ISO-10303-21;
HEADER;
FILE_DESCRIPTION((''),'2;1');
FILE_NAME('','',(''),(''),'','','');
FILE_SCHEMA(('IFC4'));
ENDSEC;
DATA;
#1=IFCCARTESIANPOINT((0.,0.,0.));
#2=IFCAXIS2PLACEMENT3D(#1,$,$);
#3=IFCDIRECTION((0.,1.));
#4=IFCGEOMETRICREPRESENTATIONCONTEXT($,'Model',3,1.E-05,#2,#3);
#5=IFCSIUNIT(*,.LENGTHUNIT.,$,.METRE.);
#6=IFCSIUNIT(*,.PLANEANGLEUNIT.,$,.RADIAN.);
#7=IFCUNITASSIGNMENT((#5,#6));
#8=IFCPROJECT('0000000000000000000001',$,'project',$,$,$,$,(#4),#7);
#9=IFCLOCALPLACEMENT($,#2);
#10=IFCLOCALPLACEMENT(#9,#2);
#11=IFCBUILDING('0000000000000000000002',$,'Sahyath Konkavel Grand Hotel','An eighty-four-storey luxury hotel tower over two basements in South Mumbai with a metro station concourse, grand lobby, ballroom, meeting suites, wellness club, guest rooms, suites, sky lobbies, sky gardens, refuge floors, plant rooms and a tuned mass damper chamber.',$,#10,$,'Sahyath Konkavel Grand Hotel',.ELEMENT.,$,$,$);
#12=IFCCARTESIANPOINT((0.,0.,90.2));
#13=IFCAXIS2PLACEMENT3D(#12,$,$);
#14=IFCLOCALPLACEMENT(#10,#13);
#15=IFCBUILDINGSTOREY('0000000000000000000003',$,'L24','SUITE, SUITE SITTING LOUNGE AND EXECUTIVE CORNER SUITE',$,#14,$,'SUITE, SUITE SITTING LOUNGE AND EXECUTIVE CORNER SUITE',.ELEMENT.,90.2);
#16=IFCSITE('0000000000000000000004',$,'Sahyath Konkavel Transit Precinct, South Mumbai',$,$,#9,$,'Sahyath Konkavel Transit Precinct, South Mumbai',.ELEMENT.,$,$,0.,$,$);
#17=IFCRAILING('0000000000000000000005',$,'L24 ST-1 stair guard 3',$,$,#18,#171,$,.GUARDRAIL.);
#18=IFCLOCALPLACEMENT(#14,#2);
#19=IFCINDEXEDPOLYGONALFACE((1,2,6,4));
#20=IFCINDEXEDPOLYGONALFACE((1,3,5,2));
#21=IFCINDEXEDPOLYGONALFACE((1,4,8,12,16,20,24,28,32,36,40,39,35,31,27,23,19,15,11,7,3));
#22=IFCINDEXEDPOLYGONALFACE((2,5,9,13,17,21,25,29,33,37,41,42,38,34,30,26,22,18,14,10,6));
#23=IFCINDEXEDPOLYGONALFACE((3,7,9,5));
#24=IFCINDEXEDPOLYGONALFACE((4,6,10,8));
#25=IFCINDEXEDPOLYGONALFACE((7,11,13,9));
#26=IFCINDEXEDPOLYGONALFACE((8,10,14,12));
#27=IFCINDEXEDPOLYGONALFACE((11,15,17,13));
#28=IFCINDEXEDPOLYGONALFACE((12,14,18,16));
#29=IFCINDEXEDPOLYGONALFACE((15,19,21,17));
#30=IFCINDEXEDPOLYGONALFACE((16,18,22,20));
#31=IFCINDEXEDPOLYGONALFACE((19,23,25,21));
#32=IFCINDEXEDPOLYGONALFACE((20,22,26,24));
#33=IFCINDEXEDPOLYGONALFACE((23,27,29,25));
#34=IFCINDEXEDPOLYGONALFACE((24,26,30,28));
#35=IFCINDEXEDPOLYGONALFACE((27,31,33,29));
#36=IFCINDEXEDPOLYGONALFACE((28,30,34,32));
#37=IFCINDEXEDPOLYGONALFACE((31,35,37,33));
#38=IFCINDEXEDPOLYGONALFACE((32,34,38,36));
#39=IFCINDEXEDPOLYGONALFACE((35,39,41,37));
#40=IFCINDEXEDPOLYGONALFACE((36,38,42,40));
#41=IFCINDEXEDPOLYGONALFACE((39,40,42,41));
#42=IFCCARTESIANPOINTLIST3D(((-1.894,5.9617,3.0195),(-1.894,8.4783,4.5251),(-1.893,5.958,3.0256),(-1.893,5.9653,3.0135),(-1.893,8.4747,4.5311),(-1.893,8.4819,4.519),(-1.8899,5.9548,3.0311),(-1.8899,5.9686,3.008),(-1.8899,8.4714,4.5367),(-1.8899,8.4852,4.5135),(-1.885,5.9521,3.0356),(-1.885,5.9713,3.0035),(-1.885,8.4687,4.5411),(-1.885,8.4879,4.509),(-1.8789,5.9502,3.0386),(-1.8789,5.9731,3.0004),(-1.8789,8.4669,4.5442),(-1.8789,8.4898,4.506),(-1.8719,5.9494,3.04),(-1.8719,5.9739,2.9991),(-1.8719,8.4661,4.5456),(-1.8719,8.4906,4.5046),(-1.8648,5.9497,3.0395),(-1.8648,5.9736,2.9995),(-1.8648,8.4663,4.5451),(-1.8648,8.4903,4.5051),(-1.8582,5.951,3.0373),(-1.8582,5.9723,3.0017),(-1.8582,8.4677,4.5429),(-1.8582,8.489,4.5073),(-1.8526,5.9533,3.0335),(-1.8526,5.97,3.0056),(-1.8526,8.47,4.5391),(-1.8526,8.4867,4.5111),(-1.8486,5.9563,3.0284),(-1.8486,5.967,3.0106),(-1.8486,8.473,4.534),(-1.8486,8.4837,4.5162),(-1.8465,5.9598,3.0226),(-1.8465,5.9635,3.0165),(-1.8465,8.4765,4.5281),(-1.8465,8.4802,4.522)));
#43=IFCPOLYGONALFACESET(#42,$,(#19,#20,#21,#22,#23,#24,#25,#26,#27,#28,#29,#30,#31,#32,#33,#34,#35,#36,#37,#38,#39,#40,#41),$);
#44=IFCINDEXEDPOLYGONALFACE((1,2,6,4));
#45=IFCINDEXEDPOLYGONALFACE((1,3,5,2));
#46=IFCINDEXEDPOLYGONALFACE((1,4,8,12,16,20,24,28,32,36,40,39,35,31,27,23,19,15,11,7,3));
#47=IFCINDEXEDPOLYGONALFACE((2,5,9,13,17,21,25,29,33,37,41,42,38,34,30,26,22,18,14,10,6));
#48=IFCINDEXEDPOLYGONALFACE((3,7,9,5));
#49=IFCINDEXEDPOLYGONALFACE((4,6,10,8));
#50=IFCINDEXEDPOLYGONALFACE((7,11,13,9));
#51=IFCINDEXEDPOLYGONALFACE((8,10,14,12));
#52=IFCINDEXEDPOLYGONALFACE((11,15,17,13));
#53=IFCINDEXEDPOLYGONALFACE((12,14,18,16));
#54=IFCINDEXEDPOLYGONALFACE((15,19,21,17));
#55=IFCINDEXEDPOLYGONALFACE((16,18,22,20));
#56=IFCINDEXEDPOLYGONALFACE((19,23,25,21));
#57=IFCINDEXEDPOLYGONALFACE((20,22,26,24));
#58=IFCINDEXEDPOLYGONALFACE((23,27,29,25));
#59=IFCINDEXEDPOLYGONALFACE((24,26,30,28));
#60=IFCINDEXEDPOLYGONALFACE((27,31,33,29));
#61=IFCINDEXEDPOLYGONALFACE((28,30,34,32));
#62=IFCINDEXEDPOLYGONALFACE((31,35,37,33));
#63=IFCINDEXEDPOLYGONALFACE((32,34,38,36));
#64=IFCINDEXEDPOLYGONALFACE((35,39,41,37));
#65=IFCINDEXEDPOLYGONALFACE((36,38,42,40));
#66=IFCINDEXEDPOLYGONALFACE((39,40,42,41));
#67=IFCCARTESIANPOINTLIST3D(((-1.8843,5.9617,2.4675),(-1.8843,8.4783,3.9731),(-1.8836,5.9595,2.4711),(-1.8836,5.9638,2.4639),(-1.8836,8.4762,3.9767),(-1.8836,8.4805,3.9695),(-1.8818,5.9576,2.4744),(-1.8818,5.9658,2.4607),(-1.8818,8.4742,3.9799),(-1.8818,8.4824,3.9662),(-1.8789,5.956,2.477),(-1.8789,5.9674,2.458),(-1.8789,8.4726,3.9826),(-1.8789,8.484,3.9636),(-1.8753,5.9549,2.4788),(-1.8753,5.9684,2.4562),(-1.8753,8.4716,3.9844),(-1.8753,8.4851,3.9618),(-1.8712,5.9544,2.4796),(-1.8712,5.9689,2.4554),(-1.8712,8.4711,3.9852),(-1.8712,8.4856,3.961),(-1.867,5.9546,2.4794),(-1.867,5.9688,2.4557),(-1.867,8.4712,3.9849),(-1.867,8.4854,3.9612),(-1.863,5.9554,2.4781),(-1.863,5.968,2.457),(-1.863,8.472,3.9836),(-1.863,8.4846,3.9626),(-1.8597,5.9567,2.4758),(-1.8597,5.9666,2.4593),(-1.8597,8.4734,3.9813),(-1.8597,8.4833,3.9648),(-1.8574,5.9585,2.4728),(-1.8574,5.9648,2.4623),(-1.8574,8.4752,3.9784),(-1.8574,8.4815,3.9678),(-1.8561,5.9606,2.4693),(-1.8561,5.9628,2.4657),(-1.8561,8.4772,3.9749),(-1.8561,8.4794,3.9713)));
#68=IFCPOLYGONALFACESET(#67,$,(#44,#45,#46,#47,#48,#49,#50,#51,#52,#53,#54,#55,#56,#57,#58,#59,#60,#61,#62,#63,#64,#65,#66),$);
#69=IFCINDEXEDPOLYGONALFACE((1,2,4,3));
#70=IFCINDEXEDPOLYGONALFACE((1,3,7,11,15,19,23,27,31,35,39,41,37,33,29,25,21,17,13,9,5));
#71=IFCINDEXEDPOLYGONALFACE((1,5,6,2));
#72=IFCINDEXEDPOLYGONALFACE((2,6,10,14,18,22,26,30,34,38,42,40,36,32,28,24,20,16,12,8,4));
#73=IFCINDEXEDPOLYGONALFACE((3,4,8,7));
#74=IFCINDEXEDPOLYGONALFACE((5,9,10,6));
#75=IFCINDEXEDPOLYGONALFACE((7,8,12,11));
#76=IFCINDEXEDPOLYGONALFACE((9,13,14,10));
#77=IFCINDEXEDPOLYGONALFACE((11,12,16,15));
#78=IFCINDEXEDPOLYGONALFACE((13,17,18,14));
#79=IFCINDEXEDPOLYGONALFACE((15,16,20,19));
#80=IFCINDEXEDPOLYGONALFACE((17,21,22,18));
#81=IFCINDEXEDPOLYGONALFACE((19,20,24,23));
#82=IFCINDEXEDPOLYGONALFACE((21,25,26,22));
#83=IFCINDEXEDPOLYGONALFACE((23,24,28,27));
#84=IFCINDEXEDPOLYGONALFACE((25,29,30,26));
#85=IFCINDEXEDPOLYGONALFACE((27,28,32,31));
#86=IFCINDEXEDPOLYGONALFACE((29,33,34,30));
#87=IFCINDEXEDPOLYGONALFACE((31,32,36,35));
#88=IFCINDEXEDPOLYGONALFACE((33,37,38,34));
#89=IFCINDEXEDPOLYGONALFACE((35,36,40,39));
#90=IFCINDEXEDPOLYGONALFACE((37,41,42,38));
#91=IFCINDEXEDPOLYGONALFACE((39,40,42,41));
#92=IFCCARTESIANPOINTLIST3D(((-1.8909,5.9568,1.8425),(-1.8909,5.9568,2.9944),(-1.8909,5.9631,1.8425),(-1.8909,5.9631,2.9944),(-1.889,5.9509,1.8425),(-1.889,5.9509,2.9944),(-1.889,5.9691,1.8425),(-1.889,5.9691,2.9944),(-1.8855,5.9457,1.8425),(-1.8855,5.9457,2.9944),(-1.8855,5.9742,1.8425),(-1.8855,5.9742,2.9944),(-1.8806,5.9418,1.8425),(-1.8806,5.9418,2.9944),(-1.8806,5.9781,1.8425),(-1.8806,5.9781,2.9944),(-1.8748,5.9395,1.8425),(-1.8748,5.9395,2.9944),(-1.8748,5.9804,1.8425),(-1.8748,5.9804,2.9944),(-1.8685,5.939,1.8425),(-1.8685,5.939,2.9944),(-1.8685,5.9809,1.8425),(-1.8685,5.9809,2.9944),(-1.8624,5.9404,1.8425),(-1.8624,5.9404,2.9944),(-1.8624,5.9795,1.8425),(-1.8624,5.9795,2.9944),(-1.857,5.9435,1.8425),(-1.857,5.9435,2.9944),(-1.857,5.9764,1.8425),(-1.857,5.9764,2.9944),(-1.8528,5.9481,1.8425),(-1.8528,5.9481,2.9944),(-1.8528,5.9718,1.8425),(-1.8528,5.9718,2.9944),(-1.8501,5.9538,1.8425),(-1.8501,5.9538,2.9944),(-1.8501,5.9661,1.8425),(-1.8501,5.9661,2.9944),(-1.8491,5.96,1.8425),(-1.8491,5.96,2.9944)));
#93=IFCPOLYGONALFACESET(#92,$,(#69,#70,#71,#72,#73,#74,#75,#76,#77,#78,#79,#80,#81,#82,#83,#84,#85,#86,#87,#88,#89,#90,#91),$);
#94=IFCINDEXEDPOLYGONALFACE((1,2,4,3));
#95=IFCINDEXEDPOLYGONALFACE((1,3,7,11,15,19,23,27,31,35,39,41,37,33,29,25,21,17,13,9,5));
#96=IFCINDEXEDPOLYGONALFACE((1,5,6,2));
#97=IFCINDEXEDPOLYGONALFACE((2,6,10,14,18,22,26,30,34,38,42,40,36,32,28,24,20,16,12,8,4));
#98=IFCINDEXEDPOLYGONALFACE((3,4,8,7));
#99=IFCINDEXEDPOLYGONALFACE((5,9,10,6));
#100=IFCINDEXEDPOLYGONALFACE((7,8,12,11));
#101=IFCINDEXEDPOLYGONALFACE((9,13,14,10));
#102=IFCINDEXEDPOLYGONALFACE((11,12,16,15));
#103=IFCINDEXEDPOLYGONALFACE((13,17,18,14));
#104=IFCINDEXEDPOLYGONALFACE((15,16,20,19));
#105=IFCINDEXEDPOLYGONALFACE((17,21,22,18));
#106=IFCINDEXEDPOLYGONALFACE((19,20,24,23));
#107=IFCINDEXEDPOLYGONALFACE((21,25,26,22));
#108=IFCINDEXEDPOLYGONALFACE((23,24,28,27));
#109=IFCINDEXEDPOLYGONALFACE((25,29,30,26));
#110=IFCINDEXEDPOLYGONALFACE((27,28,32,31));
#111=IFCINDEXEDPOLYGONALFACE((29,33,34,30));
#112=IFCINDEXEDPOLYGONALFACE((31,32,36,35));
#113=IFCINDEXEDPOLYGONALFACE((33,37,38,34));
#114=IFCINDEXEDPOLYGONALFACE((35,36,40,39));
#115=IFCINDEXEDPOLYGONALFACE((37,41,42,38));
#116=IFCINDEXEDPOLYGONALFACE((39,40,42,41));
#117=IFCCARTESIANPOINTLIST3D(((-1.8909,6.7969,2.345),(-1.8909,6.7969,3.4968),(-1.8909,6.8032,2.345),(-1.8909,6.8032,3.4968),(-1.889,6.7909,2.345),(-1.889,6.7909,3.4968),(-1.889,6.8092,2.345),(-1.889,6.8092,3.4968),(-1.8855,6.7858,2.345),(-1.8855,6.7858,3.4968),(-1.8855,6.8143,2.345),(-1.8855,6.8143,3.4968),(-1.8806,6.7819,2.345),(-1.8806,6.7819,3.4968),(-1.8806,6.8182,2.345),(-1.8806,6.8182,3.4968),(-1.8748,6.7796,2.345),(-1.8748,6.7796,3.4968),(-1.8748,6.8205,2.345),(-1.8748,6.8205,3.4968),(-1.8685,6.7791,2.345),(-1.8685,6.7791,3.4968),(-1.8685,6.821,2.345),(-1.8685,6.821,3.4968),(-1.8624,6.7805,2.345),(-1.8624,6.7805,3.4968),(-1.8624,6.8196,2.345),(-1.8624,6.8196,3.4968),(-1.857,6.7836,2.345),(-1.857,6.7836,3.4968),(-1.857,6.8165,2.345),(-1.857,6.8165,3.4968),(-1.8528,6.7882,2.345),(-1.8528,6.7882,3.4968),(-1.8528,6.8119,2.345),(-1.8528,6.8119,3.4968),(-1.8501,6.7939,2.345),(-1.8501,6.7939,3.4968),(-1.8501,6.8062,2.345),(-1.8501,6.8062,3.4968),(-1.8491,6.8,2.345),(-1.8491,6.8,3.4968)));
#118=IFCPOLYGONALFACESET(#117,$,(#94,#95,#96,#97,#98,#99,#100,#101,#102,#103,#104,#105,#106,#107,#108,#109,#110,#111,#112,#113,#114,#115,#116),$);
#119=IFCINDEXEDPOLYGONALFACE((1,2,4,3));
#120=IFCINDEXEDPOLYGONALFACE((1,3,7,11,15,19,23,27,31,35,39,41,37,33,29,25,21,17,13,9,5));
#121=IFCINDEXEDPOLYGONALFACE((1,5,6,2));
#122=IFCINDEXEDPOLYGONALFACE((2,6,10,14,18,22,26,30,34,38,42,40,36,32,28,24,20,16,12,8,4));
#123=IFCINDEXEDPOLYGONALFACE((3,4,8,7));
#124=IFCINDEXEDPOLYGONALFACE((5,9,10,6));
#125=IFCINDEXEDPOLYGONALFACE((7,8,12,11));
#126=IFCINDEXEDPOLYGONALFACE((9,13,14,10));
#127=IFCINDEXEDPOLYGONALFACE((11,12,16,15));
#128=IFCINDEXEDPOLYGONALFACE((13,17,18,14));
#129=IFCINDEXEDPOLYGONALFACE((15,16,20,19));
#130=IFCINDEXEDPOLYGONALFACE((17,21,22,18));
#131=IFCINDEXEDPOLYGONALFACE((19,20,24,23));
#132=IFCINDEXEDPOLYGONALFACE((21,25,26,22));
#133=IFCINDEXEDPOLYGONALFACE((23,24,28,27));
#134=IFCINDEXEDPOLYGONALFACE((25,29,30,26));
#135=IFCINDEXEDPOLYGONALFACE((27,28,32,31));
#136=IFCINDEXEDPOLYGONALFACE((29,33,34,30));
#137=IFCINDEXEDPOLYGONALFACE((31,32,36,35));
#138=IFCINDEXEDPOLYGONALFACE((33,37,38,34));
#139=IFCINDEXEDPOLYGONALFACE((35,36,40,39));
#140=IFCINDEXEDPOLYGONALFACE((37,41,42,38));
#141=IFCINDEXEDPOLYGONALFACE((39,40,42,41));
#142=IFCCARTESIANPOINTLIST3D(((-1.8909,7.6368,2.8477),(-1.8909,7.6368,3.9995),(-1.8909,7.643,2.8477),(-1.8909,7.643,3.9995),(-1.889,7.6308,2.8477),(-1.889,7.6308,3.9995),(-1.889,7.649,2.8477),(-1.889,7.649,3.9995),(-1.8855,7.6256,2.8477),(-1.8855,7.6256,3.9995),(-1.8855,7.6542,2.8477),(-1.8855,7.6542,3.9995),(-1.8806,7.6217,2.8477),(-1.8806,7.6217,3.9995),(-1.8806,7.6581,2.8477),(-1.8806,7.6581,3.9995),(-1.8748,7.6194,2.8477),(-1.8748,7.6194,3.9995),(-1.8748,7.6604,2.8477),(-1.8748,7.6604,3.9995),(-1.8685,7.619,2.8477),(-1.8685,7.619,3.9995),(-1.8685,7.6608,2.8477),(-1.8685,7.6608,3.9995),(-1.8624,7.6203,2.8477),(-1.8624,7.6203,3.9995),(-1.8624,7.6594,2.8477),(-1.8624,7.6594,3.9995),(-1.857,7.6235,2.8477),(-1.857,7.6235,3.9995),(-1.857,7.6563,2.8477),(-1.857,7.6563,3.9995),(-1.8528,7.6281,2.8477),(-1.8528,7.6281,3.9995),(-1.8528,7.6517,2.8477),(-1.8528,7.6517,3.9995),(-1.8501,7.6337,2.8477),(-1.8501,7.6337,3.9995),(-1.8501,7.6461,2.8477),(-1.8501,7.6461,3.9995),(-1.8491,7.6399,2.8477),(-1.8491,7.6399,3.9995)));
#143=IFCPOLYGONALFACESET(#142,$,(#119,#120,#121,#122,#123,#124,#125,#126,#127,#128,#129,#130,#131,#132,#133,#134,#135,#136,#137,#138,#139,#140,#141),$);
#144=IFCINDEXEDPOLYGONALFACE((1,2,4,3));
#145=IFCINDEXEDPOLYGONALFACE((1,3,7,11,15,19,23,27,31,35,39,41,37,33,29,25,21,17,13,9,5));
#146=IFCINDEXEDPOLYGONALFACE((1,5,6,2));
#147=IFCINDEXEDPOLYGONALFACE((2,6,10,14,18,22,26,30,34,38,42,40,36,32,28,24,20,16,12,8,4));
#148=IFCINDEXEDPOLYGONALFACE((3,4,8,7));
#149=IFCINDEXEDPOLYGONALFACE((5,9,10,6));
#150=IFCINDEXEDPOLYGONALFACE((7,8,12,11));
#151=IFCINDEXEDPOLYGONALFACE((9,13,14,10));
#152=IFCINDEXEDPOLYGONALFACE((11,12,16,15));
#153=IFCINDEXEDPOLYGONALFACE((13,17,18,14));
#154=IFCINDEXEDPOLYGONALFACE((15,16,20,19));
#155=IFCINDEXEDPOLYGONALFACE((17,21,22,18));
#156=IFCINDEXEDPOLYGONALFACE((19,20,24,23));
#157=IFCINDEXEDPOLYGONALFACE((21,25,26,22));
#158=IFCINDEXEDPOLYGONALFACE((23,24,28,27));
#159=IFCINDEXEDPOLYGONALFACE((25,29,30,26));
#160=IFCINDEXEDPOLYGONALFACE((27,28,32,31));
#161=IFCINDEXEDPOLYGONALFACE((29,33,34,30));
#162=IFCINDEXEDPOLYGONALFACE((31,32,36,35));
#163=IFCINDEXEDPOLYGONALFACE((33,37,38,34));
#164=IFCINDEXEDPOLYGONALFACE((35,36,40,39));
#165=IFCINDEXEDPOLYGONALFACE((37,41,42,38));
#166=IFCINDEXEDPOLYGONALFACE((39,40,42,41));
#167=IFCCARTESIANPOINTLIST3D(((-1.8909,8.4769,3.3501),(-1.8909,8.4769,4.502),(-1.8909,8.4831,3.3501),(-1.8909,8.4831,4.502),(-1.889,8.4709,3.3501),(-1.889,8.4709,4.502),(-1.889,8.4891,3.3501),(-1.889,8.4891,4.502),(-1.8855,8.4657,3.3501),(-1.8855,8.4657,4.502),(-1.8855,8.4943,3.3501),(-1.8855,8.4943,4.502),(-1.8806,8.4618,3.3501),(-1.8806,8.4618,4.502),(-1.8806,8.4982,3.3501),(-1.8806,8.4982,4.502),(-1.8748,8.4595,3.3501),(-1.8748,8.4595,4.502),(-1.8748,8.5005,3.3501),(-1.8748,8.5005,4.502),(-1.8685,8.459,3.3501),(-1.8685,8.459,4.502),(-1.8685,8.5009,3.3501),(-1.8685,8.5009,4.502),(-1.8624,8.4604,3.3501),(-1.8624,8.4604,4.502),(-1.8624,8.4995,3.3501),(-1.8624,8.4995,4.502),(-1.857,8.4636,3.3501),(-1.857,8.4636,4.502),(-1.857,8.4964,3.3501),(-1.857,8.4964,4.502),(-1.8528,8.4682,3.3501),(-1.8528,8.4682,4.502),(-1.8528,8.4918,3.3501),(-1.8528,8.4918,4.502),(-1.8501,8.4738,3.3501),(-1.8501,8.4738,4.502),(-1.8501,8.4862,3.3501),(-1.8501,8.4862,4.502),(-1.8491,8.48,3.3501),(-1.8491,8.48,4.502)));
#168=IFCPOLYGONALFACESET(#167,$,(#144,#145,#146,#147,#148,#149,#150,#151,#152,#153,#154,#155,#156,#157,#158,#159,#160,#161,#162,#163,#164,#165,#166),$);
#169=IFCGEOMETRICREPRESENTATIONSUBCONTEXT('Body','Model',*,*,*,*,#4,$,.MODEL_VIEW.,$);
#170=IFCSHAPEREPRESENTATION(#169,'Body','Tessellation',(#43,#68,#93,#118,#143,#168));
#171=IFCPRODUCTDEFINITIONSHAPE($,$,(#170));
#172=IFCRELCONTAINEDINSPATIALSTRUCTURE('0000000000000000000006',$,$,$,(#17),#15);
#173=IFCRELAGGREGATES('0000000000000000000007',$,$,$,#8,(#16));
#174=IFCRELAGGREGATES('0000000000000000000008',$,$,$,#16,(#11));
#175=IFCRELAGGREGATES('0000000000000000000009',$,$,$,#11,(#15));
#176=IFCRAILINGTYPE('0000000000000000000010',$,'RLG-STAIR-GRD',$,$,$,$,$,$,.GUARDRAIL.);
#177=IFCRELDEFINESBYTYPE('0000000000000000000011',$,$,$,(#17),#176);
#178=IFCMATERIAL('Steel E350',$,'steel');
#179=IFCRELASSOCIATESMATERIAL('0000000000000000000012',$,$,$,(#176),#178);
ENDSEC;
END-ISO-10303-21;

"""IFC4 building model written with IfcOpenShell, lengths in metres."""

from ifc_helpers import new_model, si_unit, direction, frame, origin, origin_2d, place, context, subcontext, project, spatial, circle, extrude, material, type_object, element, save


model = new_model("IFC4")

# Units and contexts
model_context = context("Model", 3, precision=1e-05, world=origin(), true_north=direction((0.0, 1.0)))
body_context = subcontext(model_context, "Body", "Model", "MODEL_VIEW")
ifc_project = project(units=[si_unit("LENGTHUNIT", "METRE"), si_unit("PLANEANGLEUNIT", "RADIAN")], contexts=[model_context])

# Site, building, storey
site_placement = place(None, origin())
site = spatial("IfcSite", under=ifc_project, at=site_placement, Name="Sahyath Konkavel Transit Precinct, South Mumbai", LongName="Sahyath Konkavel Transit Precinct, South Mumbai", CompositionType="ELEMENT", RefElevation=0.0)
building_placement = place(site_placement, origin())
building = spatial("IfcBuilding", under=site, at=building_placement, Name="Sahyath Konkavel Grand Hotel", Description="An eighty-four-storey luxury hotel tower over two basements in South Mumbai with a metro station concourse, grand lobby, ballroom, meeting suites, wellness club, guest rooms, suites, sky lobbies, sky gardens, refuge floors, plant rooms and a tuned mass damper chamber.", LongName="Sahyath Konkavel Grand Hotel", CompositionType="ELEMENT")
storey_placement = place(building_placement, frame((0.0, 0.0, 90.2)))
storey = spatial("IfcBuildingStorey", under=building, at=storey_placement, Name="L24", Description="SUITE, SUITE SITTING LOUNGE AND EXECUTIVE CORNER SUITE", LongName="SUITE, SUITE SITTING LOUNGE AND EXECUTIVE CORNER SUITE", CompositionType="ELEMENT", Elevation=90.2)

# Shared definitions
ifc_material_1 = material(Name="Steel E350", Category="steel")

# Railing
railing_type_1 = type_object("IfcRailingType", Name="RLG-STAIR-GRD", PredefinedType="GUARDRAIL", material=ifc_material_1)
railing_1_placement = place(storey_placement, frame((-1.8701, 5.96, 1.8425)))
element("IfcRailing", 1, at=railing_1_placement, inside=storey, type_object=railing_type_1, Name="L24 ST-1 stair guard 3", PredefinedType="GUARDRAIL", context=body_context, shape_type="SweptSolid", body=[
    extrude(circle(Radius=0.0239, at=origin_2d()), frame((0.0, 0.0017, 1.177), z_axis=(0.0, 0.85816, 0.513383), x_axis=(-1.0, 0.0, 0.0)), (0.0, 0.0, 1.0), 2.9326),
    extrude(circle(Radius=0.0142, at=origin_2d()), frame((0.0, 0.0017, 0.625), z_axis=(0.0, 0.85816, 0.513383), x_axis=(-1.0, 0.0, 0.0)), (0.0, 0.0, 1.0), 2.9326),
    extrude(circle(Radius=0.021, at=origin_2d()), origin(), (0.0, 0.0, 1.0), 1.1519),
    extrude(circle(Radius=0.021, at=origin_2d()), frame((0.0, 0.8401, 0.5024)), (0.0, 0.0, 1.0), 1.1519),
    extrude(circle(Radius=0.021, at=origin_2d()), frame((0.0, 1.6799, 1.0051)), (0.0, 0.0, 1.0), 1.1519),
    extrude(circle(Radius=0.021, at=origin_2d()), frame((0.0, 2.52, 1.5076)), (0.0, 0.0, 1.0), 1.1519),
])

save(model, "model.ifc")
